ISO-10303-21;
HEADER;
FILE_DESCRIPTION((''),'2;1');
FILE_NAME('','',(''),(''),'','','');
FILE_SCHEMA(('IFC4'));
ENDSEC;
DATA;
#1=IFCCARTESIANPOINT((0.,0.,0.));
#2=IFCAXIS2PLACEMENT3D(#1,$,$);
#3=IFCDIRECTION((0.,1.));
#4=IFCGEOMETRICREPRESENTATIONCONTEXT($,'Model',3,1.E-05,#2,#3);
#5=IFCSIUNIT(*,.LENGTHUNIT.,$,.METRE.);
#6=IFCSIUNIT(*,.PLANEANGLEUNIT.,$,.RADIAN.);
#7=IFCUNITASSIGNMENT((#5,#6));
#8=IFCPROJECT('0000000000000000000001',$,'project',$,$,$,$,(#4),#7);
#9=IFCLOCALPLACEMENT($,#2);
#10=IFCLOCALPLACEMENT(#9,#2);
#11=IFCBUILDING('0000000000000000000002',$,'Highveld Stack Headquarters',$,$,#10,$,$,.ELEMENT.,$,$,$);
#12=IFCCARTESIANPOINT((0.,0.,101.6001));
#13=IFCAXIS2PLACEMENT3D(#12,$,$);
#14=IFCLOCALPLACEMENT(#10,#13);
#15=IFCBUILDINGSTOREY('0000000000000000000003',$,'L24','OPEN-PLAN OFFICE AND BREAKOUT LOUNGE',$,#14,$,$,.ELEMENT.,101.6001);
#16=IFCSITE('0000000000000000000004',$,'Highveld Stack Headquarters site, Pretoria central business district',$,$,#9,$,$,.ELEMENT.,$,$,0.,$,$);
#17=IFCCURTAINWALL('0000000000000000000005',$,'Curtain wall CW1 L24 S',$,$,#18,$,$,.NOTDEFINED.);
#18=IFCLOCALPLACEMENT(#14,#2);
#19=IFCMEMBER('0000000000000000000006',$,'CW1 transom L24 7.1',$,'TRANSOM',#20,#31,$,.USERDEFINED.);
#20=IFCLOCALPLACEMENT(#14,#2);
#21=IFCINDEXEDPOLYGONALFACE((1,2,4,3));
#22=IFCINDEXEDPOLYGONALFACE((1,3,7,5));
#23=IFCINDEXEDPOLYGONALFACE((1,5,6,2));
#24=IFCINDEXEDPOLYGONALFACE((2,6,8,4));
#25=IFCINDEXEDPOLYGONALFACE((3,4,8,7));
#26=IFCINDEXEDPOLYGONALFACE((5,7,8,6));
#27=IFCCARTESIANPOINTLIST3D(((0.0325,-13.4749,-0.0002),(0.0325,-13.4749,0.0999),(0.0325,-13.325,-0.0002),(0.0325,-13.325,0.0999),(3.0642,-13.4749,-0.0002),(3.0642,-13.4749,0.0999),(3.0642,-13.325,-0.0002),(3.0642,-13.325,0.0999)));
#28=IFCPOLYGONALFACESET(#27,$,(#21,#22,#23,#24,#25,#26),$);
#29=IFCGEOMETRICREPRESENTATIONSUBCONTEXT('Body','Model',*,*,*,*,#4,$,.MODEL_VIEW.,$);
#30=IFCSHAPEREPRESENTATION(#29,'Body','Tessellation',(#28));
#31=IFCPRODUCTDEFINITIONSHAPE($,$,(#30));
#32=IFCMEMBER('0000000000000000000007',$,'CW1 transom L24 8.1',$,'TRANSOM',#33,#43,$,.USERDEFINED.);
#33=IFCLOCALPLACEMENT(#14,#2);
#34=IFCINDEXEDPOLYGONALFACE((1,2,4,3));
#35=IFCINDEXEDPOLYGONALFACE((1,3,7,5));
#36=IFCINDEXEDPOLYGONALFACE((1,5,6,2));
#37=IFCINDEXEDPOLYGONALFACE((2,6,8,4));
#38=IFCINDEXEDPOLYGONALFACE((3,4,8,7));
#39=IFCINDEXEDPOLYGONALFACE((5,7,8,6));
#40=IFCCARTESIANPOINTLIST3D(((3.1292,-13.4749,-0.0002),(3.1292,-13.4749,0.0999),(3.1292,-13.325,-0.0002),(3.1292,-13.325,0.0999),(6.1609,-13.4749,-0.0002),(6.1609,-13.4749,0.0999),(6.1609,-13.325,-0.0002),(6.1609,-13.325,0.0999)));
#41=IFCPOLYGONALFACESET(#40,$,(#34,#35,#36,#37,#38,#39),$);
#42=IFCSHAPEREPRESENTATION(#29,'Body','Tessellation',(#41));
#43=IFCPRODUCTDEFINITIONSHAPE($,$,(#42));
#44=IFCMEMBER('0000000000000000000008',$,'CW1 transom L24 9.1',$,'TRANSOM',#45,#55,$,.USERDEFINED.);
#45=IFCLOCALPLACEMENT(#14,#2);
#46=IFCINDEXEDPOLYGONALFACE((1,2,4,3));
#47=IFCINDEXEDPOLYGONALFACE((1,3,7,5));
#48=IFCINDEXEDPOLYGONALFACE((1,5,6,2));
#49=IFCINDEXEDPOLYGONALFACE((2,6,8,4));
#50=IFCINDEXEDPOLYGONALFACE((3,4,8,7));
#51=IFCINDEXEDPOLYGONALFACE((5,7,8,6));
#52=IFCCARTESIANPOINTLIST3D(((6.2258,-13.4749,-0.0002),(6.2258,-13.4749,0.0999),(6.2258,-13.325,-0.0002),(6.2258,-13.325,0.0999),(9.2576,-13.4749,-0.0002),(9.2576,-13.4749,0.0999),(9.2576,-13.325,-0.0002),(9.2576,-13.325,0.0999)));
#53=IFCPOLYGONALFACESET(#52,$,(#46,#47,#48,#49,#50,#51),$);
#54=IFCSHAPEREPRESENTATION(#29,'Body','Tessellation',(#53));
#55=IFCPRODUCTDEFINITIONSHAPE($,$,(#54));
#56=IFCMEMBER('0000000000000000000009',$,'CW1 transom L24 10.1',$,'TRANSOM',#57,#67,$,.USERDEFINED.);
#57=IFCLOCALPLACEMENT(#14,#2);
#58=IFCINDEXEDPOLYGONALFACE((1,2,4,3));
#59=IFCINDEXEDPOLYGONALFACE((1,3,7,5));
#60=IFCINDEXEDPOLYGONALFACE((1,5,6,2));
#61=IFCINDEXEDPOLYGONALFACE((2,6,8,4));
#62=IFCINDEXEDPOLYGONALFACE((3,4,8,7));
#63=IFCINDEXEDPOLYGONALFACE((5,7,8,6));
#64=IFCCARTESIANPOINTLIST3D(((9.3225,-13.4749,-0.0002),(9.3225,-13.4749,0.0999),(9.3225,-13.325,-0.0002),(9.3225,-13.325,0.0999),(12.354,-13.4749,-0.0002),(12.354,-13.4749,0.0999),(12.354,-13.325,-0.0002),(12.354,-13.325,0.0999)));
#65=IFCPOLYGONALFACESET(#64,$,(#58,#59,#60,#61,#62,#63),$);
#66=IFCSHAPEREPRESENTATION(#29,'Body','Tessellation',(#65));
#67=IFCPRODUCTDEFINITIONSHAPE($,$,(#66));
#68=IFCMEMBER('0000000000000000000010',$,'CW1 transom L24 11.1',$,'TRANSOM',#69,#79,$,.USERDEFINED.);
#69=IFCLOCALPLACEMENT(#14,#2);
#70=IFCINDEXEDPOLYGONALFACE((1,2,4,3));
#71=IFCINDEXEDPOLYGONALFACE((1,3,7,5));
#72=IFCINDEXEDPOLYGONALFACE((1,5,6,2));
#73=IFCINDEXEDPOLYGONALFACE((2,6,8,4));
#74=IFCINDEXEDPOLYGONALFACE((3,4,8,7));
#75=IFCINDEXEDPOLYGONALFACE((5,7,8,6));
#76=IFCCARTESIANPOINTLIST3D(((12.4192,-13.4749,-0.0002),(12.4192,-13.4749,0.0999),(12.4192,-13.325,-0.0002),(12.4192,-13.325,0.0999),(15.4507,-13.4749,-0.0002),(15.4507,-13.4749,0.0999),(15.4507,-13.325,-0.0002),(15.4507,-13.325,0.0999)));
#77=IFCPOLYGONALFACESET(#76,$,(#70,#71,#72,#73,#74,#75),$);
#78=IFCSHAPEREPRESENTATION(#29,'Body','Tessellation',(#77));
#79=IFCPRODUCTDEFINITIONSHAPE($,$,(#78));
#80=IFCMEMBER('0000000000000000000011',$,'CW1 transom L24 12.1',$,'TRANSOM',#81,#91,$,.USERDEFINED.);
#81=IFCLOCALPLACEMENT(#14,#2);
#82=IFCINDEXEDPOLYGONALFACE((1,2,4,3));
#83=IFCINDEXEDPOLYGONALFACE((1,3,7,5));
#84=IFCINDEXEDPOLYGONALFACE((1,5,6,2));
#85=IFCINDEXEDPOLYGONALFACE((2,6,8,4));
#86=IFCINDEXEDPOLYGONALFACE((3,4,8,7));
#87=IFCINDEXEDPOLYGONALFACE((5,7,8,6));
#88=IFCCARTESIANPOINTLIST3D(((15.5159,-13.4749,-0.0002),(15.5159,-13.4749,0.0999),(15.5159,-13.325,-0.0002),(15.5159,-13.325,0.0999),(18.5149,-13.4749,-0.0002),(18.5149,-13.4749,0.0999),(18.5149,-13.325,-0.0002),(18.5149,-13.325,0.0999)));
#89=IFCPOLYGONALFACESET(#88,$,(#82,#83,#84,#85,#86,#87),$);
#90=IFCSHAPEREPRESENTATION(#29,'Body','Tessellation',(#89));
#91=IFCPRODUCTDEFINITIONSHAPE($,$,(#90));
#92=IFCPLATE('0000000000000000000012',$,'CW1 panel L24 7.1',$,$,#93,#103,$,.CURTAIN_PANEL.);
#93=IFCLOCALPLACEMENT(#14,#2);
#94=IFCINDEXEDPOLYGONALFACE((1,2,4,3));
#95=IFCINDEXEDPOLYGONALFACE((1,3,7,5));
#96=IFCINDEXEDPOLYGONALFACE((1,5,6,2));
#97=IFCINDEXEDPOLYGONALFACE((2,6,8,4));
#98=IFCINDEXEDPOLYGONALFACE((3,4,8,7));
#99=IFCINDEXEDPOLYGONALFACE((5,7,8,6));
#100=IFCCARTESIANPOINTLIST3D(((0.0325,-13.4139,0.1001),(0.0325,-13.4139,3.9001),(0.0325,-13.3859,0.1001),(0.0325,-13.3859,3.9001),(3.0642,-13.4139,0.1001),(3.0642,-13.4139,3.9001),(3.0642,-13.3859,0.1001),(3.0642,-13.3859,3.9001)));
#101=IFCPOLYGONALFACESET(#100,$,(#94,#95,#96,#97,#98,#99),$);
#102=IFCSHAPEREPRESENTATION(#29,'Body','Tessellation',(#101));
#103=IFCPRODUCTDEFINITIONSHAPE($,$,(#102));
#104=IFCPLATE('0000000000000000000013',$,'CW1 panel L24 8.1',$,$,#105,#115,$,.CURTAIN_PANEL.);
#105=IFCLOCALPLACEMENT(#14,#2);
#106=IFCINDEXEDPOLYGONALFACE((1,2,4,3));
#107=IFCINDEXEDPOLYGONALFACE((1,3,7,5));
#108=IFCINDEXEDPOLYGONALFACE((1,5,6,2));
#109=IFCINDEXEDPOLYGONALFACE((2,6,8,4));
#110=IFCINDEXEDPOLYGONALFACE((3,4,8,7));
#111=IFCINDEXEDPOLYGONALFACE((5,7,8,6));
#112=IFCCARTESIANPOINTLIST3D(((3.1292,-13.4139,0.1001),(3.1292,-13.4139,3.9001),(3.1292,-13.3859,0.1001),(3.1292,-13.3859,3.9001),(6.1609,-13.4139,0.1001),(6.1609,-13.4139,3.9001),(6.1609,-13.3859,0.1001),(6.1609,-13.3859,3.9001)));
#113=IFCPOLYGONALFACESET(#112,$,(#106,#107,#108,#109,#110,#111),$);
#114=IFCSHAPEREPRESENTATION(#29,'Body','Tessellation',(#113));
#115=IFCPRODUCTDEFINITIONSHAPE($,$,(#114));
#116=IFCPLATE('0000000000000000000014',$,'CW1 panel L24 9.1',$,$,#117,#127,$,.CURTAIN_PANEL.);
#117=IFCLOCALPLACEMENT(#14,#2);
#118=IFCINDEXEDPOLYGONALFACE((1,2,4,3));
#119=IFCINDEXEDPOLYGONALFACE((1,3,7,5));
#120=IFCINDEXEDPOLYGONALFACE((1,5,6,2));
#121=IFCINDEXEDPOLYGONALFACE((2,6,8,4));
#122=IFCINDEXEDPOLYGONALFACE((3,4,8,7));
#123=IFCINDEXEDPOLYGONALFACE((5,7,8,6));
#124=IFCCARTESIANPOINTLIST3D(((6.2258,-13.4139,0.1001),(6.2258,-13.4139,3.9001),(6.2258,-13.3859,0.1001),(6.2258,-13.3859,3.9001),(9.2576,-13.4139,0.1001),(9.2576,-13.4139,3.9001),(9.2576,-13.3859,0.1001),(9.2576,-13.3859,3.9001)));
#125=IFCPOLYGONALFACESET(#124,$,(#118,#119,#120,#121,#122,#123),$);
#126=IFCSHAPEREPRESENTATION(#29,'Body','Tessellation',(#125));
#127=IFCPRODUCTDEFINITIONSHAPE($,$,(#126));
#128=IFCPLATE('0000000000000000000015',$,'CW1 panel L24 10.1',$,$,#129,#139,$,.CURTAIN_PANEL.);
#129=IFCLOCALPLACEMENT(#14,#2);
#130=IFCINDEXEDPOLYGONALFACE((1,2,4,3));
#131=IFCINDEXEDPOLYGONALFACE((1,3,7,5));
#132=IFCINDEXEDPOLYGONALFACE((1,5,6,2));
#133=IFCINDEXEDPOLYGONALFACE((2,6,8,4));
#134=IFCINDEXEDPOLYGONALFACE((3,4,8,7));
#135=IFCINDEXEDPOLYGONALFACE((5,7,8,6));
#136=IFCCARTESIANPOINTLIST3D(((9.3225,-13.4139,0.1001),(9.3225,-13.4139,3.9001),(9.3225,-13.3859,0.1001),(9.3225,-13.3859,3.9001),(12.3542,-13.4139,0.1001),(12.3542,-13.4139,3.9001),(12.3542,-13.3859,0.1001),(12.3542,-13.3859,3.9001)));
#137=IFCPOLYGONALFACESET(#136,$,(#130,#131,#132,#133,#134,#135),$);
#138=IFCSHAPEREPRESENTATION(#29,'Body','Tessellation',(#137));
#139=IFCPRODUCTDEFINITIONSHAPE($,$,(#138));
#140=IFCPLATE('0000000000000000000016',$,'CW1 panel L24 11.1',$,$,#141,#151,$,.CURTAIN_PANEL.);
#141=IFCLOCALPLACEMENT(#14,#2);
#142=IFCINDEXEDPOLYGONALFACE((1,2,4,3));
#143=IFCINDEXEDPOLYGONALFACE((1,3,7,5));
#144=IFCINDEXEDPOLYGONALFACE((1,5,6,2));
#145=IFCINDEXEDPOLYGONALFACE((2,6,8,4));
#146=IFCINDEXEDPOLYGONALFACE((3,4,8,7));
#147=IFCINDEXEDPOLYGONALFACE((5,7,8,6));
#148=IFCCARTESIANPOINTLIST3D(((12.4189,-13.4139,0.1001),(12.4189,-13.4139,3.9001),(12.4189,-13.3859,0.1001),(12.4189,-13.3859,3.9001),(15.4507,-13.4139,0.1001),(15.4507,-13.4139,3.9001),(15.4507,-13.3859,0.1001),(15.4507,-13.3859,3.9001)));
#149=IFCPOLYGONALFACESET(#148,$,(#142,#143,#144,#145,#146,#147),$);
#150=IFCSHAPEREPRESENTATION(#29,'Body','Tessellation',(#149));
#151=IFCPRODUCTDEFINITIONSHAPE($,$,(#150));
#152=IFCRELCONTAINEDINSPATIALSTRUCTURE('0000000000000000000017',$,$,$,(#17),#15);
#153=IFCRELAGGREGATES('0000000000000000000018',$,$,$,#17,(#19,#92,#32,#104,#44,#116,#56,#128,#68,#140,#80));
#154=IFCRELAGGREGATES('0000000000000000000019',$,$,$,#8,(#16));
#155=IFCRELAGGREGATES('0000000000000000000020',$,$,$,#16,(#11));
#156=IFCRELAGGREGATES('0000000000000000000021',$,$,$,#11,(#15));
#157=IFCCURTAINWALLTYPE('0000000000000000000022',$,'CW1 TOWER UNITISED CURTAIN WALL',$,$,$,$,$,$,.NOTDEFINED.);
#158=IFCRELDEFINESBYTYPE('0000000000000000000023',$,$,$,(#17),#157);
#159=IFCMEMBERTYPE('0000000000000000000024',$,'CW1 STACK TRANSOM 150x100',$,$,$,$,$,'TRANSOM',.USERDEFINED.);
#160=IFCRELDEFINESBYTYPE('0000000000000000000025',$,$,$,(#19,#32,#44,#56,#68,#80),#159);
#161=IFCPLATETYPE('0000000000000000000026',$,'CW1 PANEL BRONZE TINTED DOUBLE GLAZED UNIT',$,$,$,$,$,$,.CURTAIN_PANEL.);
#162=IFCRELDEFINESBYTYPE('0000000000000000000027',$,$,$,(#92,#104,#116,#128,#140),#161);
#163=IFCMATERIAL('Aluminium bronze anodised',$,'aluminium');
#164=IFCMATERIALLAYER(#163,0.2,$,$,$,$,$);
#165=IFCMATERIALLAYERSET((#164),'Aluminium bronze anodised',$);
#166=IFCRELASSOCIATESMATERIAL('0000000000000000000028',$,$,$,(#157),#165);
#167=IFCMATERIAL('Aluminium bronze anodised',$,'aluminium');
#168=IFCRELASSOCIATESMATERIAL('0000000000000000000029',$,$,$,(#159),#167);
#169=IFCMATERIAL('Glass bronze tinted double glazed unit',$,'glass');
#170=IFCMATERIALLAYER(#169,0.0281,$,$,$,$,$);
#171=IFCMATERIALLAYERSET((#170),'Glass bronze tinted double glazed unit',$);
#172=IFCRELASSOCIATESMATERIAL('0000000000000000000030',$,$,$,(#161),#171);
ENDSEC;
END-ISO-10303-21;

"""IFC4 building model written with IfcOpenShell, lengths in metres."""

from ifc_helpers import new_model, si_unit, direction, frame, origin, origin_2d, place, context, subcontext, project, spatial, rectangle, extrude, material, layer, layer_set, material_profile, profile_set, type_object, element, aggregate, save


model = new_model("IFC4")

# Units and contexts
model_context = context("Model", 3, precision=1e-05, world=origin(), true_north=direction((0.0, 1.0)))
body_context = subcontext(model_context, "Body", "Model", "MODEL_VIEW")
ifc_project = project(units=[si_unit("LENGTHUNIT", "METRE"), si_unit("PLANEANGLEUNIT", "RADIAN")], contexts=[model_context])

# Site, building, storey
site_placement = place(None, origin())
site = spatial("IfcSite", under=ifc_project, at=site_placement, Name="Highveld Stack Headquarters site, Pretoria central business district", CompositionType="ELEMENT", RefElevation=0.0)
building_placement = place(site_placement, origin())
building = spatial("IfcBuilding", under=site, at=building_placement, Name="Highveld Stack Headquarters", CompositionType="ELEMENT")
storey_placement = place(building_placement, frame((0.0, 0.0, 101.6001)))
storey = spatial("IfcBuildingStorey", under=building, at=storey_placement, Name="L24", Description="OPEN-PLAN OFFICE AND BREAKOUT LOUNGE", CompositionType="ELEMENT", Elevation=101.6001)

# Curtain wall, members, plates
ifc_material_1 = material(Name="Aluminium bronze anodised", Category="aluminium")
ifc_layer_1 = layer(ifc_material_1, 0.2)
ifc_layer_set_1 = layer_set([ifc_layer_1], Name="Aluminium bronze anodised")
curtain_wall_type = type_object("IfcCurtainWallType", Name="CW1 TOWER UNITISED CURTAIN WALL", PredefinedType="NOTDEFINED", material=ifc_layer_set_1)
curtain_wall_placement = place(storey_placement, origin())
curtain_wall = element("IfcCurtainWall", 1, at=curtain_wall_placement, inside=storey, type_object=curtain_wall_type, Name="Curtain wall CW1 L24 S", PredefinedType="NOTDEFINED")
ifc_material_2 = material(Name="Aluminium bronze anodised", Category="aluminium")
ifc_material_profile_1 = material_profile(ifc_material_2, rectangle(XDim=0.1499, YDim=0.1001, at=origin_2d()), Name="CW1 TRANSOM 150x100")
ifc_profile_set_1 = profile_set([ifc_material_profile_1], Name="Aluminium bronze anodised")
member_type_1 = type_object("IfcMemberType", Name="CW1 STACK TRANSOM 150x100", ElementType="TRANSOM", PredefinedType="USERDEFINED", material=ifc_profile_set_1)
member_1_placement = place(storey_placement, frame((0.0325, -13.3999, 0.0498), z_axis=(1.0, 0.0, 0.0), x_axis=(0.0, 1.0, 0.0)))
member_1 = element("IfcMember", 2, at=member_1_placement, type_object=member_type_1, Name="CW1 transom L24 7.1", ObjectType="TRANSOM", PredefinedType="USERDEFINED", context=body_context, shape_type="SweptSolid", body=[
    extrude(rectangle(XDim=0.1499, YDim=0.1001, at=origin_2d()), origin(), (0.0, 0.0, 1.0), 3.0317),
])
member_2_placement = place(storey_placement, frame((3.1292, -13.3999, 0.0498), z_axis=(1.0, 0.0, 0.0), x_axis=(0.0, 1.0, 0.0)))
member_2 = element("IfcMember", 3, at=member_2_placement, type_object=member_type_1, Name="CW1 transom L24 8.1", ObjectType="TRANSOM", PredefinedType="USERDEFINED", context=body_context, shape_type="SweptSolid", body=[
    extrude(rectangle(XDim=0.1499, YDim=0.1001, at=origin_2d()), origin(), (0.0, 0.0, 1.0), 3.0317),
])
member_3_placement = place(storey_placement, frame((6.2258, -13.3999, 0.0498), z_axis=(1.0, 0.0, 0.0), x_axis=(0.0, 1.0, 0.0)))
member_3 = element("IfcMember", 4, at=member_3_placement, type_object=member_type_1, Name="CW1 transom L24 9.1", ObjectType="TRANSOM", PredefinedType="USERDEFINED", context=body_context, shape_type="SweptSolid", body=[
    extrude(rectangle(XDim=0.1499, YDim=0.1001, at=origin_2d()), origin(), (0.0, 0.0, 1.0), 3.0317),
])
member_4_placement = place(storey_placement, frame((9.3225, -13.3999, 0.0498), z_axis=(1.0, 0.0, 0.0), x_axis=(0.0, 1.0, 0.0)))
member_4 = element("IfcMember", 5, at=member_4_placement, type_object=member_type_1, Name="CW1 transom L24 10.1", ObjectType="TRANSOM", PredefinedType="USERDEFINED", context=body_context, shape_type="SweptSolid", body=[
    extrude(rectangle(XDim=0.1499, YDim=0.1001, at=origin_2d()), origin(), (0.0, 0.0, 1.0), 3.0315),
])
member_5_placement = place(storey_placement, frame((12.4192, -13.3999, 0.0498), z_axis=(1.0, 0.0, 0.0), x_axis=(0.0, 1.0, 0.0)))
member_5 = element("IfcMember", 6, at=member_5_placement, type_object=member_type_1, Name="CW1 transom L24 11.1", ObjectType="TRANSOM", PredefinedType="USERDEFINED", context=body_context, shape_type="SweptSolid", body=[
    extrude(rectangle(XDim=0.1499, YDim=0.1001, at=origin_2d()), origin(), (0.0, 0.0, 1.0), 3.0315),
])
member_6_placement = place(storey_placement, frame((15.5159, -13.3999, 0.0498), z_axis=(1.0, 0.0, 0.0), x_axis=(0.0, 1.0, 0.0)))
member_6 = element("IfcMember", 7, at=member_6_placement, type_object=member_type_1, Name="CW1 transom L24 12.1", ObjectType="TRANSOM", PredefinedType="USERDEFINED", context=body_context, shape_type="SweptSolid", body=[
    extrude(rectangle(XDim=0.1499, YDim=0.1001, at=origin_2d()), origin(), (0.0, 0.0, 1.0), 2.999),
])
ifc_material_3 = material(Name="Glass bronze tinted double glazed unit", Category="glass")
ifc_layer_2 = layer(ifc_material_3, 0.0281)
ifc_layer_set_2 = layer_set([ifc_layer_2], Name="Glass bronze tinted double glazed unit")
plate_type = type_object("IfcPlateType", Name="CW1 PANEL BRONZE TINTED DOUBLE GLAZED UNIT", PredefinedType="CURTAIN_PANEL", material=ifc_layer_set_2)
plate_1_placement = place(storey_placement, frame((1.5483, -13.3999, 0.1001), z_axis=(0.0, 0.0, 1.0), x_axis=(1.0, 0.0, 0.0)))
plate_1 = element("IfcPlate", 8, at=plate_1_placement, type_object=plate_type, Name="CW1 panel L24 7.1", PredefinedType="CURTAIN_PANEL", context=body_context, shape_type="SweptSolid", body=[
    extrude(rectangle(XDim=3.0317, YDim=0.0281, at=origin_2d()), origin(), (0.0, 0.0, 1.0), 3.8),
])
plate_2_placement = place(storey_placement, frame((4.645, -13.3999, 0.1001), z_axis=(0.0, 0.0, 1.0), x_axis=(1.0, 0.0, 0.0)))
plate_2 = element("IfcPlate", 9, at=plate_2_placement, type_object=plate_type, Name="CW1 panel L24 8.1", PredefinedType="CURTAIN_PANEL", context=body_context, shape_type="SweptSolid", body=[
    extrude(rectangle(XDim=3.0317, YDim=0.0281, at=origin_2d()), origin(), (0.0, 0.0, 1.0), 3.8),
])
plate_3_placement = place(storey_placement, frame((7.7417, -13.3999, 0.1001), z_axis=(0.0, 0.0, 1.0), x_axis=(1.0, 0.0, 0.0)))
plate_3 = element("IfcPlate", 10, at=plate_3_placement, type_object=plate_type, Name="CW1 panel L24 9.1", PredefinedType="CURTAIN_PANEL", context=body_context, shape_type="SweptSolid", body=[
    extrude(rectangle(XDim=3.0317, YDim=0.0281, at=origin_2d()), origin(), (0.0, 0.0, 1.0), 3.8),
])
plate_4_placement = place(storey_placement, frame((10.8384, -13.3999, 0.1001), z_axis=(0.0, 0.0, 1.0), x_axis=(1.0, 0.0, 0.0)))
plate_4 = element("IfcPlate", 11, at=plate_4_placement, type_object=plate_type, Name="CW1 panel L24 10.1", PredefinedType="CURTAIN_PANEL", context=body_context, shape_type="SweptSolid", body=[
    extrude(rectangle(XDim=3.0317, YDim=0.0281, at=origin_2d()), origin(), (0.0, 0.0, 1.0), 3.8),
])
plate_5_placement = place(storey_placement, frame((13.9348, -13.3999, 0.1001), z_axis=(0.0, 0.0, 1.0), x_axis=(1.0, 0.0, 0.0)))
plate_5 = element("IfcPlate", 12, at=plate_5_placement, type_object=plate_type, Name="CW1 panel L24 11.1", PredefinedType="CURTAIN_PANEL", context=body_context, shape_type="SweptSolid", body=[
    extrude(rectangle(XDim=3.0317, YDim=0.0281, at=origin_2d()), origin(), (0.0, 0.0, 1.0), 3.8),
])
aggregate(curtain_wall, [member_1, plate_1, member_2, plate_2, member_3, plate_3, member_4, plate_4, member_5, plate_5, member_6])

save(model, "model.ifc")
